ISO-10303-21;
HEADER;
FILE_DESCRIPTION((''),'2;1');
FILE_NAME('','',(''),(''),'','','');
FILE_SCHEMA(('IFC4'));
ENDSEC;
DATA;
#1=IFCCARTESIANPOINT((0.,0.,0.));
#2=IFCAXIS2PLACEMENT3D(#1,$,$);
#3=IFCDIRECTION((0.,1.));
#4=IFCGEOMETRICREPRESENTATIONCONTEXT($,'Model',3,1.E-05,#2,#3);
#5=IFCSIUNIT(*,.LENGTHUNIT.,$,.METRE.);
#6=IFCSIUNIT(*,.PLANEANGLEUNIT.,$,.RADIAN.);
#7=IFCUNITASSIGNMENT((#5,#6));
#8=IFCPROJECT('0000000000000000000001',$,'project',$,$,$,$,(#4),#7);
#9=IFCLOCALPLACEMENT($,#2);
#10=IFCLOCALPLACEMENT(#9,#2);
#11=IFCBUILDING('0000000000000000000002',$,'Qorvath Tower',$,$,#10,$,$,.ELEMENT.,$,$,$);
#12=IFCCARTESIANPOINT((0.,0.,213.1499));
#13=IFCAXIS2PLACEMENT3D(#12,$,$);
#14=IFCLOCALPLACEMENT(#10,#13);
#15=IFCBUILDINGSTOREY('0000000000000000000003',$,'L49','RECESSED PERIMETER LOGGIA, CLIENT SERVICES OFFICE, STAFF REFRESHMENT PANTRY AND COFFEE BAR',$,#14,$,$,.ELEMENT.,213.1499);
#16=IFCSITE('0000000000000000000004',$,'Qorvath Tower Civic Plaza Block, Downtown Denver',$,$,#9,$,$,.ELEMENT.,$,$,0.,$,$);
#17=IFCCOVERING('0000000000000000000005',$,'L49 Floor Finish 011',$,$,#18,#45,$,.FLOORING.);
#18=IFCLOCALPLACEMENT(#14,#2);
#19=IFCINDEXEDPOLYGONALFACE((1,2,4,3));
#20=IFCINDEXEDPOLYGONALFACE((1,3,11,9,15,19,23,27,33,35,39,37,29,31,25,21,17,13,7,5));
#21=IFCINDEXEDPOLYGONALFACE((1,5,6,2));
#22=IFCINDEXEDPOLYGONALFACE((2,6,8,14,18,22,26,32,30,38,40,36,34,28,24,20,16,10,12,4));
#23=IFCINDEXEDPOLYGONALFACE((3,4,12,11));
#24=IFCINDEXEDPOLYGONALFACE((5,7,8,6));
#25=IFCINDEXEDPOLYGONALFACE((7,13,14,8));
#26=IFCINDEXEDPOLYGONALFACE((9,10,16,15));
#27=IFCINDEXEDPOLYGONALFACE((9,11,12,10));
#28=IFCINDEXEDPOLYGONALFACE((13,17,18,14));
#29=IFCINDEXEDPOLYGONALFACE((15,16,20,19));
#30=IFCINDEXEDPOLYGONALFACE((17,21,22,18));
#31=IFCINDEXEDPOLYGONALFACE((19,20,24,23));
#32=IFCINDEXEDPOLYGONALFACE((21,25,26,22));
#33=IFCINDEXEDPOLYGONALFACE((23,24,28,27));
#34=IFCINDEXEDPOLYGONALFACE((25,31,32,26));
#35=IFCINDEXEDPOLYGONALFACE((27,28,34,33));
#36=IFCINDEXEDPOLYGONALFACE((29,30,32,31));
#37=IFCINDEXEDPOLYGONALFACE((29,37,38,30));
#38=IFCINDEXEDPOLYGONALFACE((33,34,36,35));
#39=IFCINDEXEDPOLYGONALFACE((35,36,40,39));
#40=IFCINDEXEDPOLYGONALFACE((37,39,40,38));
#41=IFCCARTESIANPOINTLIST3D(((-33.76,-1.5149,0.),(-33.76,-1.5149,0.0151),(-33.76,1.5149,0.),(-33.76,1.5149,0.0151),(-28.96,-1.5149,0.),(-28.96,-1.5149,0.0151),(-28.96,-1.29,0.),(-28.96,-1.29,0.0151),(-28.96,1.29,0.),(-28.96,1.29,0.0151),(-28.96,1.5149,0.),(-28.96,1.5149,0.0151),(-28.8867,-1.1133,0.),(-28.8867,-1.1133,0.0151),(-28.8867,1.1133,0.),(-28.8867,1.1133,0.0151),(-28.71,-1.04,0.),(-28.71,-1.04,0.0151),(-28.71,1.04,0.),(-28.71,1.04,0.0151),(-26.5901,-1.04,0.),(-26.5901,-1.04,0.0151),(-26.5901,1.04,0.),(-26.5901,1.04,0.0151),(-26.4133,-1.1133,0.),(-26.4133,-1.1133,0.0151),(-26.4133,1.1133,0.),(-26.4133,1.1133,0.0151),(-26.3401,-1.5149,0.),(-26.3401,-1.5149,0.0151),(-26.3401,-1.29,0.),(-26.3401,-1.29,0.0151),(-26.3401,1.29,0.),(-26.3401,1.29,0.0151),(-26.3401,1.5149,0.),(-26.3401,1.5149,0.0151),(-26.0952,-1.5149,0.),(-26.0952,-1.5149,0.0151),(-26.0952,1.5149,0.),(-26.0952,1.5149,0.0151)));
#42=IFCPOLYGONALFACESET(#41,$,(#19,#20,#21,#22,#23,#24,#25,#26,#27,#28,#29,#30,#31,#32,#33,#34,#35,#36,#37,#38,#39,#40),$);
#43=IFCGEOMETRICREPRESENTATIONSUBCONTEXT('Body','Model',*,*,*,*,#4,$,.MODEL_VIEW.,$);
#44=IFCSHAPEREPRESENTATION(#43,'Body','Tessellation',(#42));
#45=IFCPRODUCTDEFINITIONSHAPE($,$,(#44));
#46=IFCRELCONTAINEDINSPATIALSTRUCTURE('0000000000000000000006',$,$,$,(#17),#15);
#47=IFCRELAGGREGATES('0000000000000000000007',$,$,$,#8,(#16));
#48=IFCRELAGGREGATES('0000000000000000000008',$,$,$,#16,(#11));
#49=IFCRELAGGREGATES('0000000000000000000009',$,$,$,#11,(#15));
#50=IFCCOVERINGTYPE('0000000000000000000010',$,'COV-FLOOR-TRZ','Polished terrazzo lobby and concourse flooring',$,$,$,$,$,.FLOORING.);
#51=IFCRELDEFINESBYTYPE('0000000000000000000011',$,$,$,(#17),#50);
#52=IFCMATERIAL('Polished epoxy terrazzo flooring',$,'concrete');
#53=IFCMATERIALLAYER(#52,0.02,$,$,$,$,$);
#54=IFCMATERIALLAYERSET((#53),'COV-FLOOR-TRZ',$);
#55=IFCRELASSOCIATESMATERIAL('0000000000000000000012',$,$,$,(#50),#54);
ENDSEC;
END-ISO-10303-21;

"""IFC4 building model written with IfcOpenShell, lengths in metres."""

from ifc_helpers import new_model, si_unit, direction, frame, origin, place, context, subcontext, project, spatial, polyline, outline, extrude, material, layer, layer_set, type_object, element, save


model = new_model("IFC4")

# Units and contexts
model_context = context("Model", 3, precision=1e-05, world=origin(), true_north=direction((0.0, 1.0)))
body_context = subcontext(model_context, "Body", "Model", "MODEL_VIEW")
ifc_project = project(units=[si_unit("LENGTHUNIT", "METRE"), si_unit("PLANEANGLEUNIT", "RADIAN")], contexts=[model_context])

# Site, building, storey
site_placement = place(None, origin())
site = spatial("IfcSite", under=ifc_project, at=site_placement, Name="Qorvath Tower Civic Plaza Block, Downtown Denver", CompositionType="ELEMENT", RefElevation=0.0)
building_placement = place(site_placement, origin())
building = spatial("IfcBuilding", under=site, at=building_placement, Name="Qorvath Tower", CompositionType="ELEMENT")
storey_placement = place(building_placement, frame((0.0, 0.0, 213.1499)))
storey = spatial("IfcBuildingStorey", under=building, at=storey_placement, Name="L49", Description="RECESSED PERIMETER LOGGIA, CLIENT SERVICES OFFICE, STAFF REFRESHMENT PANTRY AND COFFEE BAR", CompositionType="ELEMENT", Elevation=213.1499)

# Covering
ifc_material_1 = material(Name="Polished epoxy terrazzo flooring", Category="concrete")
ifc_layer_1 = layer(ifc_material_1, 0.02)
ifc_layer_set_1 = layer_set([ifc_layer_1], Name="COV-FLOOR-TRZ")
covering_type_1 = type_object("IfcCoveringType", Name="COV-FLOOR-TRZ", Description="Polished terrazzo lobby and concourse flooring", PredefinedType="FLOORING", material=ifc_layer_set_1)
covering_1_placement = place(storey_placement, origin())
element("IfcCovering", 1, at=covering_1_placement, inside=storey, type_object=covering_type_1, Name="L49 Floor Finish 011", PredefinedType="FLOORING", context=body_context, shape_type="SweptSolid", body=[
    extrude(outline(polyline([(-26.0952, -1.5149), (-26.0952, 1.5149), (-26.3401, 1.5149), (-26.3401, 1.29), (-26.4133, 1.1133), (-26.5901, 1.04), (-28.71, 1.04), (-28.8867, 1.1133), (-28.96, 1.29), (-28.96, 1.5149), (-33.76, 1.5149), (-33.76, -1.5149), (-28.96, -1.5149), (-28.96, -1.29), (-28.8867, -1.1133), (-28.71, -1.04), (-26.5901, -1.04), (-26.4133, -1.1133), (-26.3401, -1.29), (-26.3401, -1.5149), (-26.0952, -1.5149)])), origin(), (0.0, 0.0, 1.0), 0.0151),
])

save(model, "model.ifc")
